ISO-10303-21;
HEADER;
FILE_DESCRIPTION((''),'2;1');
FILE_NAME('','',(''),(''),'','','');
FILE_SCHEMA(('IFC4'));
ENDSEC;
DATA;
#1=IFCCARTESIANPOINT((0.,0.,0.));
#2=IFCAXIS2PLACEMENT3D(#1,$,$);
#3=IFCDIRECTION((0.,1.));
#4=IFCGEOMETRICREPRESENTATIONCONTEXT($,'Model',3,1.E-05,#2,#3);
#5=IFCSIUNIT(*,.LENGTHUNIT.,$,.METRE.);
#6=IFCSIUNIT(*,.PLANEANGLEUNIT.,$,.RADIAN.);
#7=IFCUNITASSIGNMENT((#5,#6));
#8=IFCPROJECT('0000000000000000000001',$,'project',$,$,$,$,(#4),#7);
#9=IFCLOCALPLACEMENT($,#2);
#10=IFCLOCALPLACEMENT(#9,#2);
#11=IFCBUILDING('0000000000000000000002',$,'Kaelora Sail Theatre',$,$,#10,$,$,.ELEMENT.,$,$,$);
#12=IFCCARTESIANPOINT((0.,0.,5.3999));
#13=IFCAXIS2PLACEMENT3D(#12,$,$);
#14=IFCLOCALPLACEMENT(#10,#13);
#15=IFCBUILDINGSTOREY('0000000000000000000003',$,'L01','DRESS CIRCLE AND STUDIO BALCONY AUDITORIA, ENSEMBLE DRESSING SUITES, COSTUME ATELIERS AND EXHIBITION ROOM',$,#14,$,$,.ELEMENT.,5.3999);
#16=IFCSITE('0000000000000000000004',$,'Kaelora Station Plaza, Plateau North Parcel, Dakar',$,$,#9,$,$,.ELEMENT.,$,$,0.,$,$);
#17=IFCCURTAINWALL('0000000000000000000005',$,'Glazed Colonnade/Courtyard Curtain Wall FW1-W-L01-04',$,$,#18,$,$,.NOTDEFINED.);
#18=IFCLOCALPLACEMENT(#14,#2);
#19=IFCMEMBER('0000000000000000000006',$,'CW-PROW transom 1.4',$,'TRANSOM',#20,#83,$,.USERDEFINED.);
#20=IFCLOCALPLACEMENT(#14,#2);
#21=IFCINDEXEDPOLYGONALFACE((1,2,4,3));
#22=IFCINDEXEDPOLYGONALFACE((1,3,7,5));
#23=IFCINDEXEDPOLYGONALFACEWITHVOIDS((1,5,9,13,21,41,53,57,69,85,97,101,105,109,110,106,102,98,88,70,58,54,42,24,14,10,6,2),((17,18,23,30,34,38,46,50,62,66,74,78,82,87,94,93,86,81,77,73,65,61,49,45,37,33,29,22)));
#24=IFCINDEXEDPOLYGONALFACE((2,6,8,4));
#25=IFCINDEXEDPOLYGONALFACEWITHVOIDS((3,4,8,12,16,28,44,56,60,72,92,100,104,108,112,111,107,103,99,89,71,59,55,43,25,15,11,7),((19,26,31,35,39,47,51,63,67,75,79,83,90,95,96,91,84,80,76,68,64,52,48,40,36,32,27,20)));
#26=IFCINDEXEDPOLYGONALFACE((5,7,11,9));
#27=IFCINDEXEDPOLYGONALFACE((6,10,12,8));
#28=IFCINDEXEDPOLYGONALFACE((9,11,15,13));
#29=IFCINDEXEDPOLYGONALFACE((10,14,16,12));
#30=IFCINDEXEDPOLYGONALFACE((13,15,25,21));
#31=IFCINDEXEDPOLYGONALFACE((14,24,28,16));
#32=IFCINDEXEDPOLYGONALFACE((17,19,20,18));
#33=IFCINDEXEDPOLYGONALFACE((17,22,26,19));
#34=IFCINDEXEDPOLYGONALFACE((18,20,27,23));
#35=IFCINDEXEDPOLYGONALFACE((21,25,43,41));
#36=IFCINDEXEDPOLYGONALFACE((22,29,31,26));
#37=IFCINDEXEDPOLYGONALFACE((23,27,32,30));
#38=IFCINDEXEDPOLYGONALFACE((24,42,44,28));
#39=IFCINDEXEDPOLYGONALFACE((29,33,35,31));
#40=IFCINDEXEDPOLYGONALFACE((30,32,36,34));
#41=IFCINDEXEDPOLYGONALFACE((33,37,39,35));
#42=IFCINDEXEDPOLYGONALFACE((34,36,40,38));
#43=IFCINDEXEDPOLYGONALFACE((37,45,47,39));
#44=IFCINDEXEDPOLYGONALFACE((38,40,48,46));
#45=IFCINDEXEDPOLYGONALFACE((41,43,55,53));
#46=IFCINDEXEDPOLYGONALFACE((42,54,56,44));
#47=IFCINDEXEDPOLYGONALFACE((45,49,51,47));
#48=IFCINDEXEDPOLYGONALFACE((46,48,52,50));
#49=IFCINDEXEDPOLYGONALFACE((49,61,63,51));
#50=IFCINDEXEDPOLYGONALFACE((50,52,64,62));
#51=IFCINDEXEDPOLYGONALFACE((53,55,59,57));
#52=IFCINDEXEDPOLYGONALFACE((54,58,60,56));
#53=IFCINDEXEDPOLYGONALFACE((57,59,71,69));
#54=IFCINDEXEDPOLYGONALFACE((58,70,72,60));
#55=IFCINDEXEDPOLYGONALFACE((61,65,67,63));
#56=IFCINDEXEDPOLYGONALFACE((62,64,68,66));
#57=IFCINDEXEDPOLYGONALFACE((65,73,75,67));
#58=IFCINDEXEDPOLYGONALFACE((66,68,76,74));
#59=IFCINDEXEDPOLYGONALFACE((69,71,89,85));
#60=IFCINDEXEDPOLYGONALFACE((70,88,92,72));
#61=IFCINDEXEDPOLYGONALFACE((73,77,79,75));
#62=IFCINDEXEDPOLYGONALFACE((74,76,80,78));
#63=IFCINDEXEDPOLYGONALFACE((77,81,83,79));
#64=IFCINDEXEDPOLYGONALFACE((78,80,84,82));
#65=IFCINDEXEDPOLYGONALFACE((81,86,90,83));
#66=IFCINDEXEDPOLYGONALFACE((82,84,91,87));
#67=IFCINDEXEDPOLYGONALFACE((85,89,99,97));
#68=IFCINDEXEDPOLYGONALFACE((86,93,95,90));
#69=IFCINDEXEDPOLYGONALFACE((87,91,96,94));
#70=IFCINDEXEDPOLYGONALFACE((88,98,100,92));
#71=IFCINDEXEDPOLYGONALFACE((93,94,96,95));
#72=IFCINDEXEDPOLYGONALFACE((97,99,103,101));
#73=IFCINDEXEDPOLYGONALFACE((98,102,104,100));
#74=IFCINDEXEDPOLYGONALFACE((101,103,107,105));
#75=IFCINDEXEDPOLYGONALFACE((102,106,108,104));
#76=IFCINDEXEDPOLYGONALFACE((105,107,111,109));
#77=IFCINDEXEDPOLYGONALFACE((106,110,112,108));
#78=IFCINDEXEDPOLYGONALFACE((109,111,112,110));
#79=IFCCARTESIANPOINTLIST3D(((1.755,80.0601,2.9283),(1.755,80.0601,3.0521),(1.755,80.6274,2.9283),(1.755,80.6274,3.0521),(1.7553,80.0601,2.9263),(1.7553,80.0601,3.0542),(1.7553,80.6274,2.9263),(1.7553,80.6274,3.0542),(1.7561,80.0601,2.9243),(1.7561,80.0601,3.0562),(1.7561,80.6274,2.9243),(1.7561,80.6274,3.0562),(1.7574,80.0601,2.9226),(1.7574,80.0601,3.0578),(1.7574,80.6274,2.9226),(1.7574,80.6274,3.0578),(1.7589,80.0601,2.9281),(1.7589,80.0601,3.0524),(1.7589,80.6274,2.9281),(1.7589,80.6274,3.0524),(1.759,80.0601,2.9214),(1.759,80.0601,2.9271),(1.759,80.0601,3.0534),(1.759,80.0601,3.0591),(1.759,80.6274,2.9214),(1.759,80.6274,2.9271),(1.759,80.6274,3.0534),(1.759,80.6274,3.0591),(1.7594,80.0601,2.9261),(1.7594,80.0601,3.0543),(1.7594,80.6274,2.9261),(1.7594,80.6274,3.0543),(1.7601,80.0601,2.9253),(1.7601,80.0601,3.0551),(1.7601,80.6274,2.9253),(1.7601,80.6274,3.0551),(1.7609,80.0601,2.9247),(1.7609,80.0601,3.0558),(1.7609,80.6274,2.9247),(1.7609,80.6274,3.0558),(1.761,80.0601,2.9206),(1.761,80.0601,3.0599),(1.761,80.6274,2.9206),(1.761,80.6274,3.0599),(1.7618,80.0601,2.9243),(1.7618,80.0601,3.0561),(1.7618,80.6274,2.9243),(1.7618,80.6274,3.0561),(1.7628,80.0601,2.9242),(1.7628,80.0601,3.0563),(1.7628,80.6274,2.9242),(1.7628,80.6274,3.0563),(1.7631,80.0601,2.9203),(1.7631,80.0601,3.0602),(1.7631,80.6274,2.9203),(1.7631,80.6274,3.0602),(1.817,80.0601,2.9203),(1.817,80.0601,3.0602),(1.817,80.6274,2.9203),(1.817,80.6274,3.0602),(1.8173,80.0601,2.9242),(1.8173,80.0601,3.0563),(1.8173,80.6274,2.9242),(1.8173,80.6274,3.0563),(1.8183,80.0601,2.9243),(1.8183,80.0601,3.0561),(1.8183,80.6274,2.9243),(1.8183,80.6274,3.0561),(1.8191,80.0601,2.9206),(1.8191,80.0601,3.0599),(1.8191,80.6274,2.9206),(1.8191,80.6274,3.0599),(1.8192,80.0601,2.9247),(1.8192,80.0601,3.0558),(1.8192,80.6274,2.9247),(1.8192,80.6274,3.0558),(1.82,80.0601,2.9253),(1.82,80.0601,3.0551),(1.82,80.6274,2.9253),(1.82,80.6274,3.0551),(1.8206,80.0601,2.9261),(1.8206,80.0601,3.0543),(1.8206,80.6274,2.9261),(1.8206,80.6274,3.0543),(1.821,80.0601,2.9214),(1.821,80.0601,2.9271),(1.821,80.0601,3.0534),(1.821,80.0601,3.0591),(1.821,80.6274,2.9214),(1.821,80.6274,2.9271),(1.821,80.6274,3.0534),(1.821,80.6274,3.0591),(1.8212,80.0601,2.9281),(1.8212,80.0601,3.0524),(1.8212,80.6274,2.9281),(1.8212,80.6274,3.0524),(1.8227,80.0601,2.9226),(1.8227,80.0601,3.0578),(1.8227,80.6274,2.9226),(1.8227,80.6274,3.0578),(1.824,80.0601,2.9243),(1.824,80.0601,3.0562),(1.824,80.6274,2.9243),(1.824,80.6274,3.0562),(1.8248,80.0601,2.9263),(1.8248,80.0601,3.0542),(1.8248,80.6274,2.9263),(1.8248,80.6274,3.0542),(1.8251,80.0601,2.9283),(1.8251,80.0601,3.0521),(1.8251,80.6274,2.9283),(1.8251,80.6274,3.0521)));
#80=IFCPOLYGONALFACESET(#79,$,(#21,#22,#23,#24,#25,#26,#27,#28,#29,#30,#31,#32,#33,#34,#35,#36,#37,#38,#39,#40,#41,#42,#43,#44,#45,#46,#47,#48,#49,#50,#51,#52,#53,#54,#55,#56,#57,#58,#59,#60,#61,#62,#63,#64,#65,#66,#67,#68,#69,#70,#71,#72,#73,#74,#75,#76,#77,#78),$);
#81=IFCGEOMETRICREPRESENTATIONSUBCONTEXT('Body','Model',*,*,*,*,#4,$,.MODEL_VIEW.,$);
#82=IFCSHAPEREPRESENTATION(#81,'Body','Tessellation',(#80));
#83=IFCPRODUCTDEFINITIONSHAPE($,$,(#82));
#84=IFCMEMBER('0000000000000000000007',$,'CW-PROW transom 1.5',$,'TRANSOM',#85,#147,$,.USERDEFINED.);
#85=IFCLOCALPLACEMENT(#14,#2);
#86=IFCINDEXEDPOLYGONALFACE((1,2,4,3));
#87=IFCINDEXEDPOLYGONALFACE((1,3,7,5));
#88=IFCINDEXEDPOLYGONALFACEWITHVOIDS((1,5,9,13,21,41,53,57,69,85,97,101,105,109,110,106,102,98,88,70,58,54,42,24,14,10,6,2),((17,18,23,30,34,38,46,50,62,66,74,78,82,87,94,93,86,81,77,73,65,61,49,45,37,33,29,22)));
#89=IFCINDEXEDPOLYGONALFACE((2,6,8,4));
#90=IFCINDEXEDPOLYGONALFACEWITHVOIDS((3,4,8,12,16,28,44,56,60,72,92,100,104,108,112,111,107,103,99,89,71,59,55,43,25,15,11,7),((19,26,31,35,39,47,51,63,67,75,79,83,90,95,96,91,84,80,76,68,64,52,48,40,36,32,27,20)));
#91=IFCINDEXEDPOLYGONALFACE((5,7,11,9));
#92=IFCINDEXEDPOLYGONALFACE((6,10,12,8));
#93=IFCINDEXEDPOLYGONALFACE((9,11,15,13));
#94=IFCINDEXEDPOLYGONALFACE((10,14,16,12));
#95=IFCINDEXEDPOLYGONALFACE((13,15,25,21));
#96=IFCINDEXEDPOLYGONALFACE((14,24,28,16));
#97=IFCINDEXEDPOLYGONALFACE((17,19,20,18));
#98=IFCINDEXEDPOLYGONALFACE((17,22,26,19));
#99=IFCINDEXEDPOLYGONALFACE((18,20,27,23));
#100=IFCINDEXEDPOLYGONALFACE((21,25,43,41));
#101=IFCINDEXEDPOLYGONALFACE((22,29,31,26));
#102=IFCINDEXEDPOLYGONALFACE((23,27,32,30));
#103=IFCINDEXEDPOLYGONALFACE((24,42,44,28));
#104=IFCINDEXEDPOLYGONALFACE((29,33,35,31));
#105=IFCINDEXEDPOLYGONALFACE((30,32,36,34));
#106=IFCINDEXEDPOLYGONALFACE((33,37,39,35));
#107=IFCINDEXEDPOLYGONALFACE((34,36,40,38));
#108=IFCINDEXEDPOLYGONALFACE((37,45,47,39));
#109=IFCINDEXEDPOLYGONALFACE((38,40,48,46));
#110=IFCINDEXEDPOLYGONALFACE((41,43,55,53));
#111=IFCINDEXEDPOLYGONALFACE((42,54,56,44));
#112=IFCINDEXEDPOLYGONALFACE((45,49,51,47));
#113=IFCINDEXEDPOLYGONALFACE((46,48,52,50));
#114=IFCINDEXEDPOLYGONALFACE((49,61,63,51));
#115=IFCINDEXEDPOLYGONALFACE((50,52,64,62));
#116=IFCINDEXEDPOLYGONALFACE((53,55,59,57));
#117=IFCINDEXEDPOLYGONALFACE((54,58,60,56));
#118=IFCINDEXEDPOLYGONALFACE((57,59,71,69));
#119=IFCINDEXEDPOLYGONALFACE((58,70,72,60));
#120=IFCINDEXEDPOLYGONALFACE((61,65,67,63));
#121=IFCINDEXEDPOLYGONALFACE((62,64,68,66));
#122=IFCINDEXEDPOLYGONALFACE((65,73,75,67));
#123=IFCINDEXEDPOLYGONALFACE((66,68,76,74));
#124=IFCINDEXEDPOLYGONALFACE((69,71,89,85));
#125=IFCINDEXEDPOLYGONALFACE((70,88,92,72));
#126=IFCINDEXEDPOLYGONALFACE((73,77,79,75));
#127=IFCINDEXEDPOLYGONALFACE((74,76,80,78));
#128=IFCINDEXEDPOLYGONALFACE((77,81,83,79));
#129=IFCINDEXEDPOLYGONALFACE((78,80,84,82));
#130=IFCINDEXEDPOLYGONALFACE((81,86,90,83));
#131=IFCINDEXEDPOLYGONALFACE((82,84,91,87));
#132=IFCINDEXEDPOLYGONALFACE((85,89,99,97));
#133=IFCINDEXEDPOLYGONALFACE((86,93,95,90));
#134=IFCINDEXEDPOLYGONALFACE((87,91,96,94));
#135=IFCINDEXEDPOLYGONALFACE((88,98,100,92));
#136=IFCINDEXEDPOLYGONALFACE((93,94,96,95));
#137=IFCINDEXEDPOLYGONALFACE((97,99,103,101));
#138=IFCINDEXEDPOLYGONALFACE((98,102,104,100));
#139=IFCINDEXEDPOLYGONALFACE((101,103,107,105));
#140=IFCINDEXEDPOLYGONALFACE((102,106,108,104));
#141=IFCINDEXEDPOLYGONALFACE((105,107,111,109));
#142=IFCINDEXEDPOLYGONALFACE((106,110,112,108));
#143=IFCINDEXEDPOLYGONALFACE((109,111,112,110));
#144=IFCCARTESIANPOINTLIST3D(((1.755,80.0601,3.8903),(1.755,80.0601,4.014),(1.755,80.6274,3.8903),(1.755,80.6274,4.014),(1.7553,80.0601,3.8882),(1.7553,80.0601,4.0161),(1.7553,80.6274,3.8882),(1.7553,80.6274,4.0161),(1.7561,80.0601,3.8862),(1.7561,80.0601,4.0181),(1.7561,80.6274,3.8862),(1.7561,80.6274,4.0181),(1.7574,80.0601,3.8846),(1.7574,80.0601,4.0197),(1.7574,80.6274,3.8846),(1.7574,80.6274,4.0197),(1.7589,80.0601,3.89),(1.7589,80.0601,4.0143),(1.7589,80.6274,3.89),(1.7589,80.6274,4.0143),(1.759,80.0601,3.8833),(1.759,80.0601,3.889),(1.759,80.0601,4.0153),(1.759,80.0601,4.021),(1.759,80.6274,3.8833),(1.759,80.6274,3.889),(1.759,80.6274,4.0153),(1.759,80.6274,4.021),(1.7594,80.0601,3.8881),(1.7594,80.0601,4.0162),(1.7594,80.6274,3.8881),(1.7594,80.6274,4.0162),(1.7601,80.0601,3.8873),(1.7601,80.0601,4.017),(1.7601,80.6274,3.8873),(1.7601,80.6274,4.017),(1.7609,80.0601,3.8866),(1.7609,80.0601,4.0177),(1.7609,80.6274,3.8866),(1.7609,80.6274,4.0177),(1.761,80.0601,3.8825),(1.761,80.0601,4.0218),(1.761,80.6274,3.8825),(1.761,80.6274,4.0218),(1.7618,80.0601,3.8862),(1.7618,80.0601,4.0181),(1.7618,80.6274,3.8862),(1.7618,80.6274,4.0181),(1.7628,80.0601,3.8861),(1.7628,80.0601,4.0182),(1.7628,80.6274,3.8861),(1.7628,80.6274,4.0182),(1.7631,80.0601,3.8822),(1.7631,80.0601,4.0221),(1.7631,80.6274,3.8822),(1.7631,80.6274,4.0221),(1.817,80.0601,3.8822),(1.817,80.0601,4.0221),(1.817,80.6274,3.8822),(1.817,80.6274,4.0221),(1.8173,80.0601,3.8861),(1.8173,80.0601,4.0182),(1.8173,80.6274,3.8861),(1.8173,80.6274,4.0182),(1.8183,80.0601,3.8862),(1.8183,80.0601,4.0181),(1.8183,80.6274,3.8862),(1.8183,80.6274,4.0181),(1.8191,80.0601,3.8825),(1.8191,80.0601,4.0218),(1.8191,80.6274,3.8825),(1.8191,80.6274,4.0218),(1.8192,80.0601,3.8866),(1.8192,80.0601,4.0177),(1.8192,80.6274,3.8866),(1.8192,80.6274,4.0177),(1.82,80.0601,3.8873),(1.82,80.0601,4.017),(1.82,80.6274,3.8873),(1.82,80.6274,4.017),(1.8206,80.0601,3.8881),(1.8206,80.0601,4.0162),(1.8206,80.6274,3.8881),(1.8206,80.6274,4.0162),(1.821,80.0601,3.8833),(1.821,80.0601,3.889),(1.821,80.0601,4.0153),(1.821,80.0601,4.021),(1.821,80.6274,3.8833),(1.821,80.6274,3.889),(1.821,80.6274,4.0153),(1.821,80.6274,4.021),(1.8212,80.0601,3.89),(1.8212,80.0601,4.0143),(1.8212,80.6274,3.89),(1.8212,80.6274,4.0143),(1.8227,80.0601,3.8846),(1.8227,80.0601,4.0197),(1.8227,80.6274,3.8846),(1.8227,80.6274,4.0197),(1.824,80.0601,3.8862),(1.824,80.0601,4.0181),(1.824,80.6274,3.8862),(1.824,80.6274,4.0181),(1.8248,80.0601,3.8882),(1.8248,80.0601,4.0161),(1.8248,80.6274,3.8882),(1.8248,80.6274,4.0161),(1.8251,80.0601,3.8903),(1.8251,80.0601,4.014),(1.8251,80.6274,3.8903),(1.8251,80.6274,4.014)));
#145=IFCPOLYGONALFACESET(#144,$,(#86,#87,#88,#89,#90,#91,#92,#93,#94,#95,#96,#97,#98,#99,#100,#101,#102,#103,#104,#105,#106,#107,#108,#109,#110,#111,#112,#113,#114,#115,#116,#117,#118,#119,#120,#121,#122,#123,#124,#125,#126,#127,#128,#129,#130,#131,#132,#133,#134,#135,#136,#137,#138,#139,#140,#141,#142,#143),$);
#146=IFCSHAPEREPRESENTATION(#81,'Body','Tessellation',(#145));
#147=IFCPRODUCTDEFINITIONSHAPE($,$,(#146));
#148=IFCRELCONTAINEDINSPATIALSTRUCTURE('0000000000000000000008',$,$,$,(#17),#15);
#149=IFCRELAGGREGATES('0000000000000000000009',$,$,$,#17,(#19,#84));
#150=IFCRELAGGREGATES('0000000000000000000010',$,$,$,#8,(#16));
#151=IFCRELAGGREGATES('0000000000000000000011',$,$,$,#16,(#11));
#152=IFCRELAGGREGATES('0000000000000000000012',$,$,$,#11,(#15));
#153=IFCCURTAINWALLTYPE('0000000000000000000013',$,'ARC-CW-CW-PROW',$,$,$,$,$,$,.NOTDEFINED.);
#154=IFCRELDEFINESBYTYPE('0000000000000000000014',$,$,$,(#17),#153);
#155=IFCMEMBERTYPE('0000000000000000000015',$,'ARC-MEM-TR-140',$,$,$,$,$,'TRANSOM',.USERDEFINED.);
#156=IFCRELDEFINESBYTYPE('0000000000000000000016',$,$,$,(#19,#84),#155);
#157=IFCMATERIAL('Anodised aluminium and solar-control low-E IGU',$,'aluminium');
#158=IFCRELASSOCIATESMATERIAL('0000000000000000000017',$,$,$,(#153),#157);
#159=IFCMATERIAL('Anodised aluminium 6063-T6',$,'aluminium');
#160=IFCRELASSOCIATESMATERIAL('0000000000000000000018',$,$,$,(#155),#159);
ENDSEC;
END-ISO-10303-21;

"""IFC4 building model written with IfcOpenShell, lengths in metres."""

from ifc_helpers import new_model, si_unit, direction, frame, origin, origin_2d, place, context, subcontext, project, spatial, hollow_rectangle, extrude, material, material_profile, profile_set, type_object, element, aggregate, save


model = new_model("IFC4")

# Units and contexts
model_context = context("Model", 3, precision=1e-05, world=origin(), true_north=direction((0.0, 1.0)))
body_context = subcontext(model_context, "Body", "Model", "MODEL_VIEW")
ifc_project = project(units=[si_unit("LENGTHUNIT", "METRE"), si_unit("PLANEANGLEUNIT", "RADIAN")], contexts=[model_context])

# Site, building, storey
site_placement = place(None, origin())
site = spatial("IfcSite", under=ifc_project, at=site_placement, Name="Kaelora Station Plaza, Plateau North Parcel, Dakar", CompositionType="ELEMENT", RefElevation=0.0)
building_placement = place(site_placement, origin())
building = spatial("IfcBuilding", under=site, at=building_placement, Name="Kaelora Sail Theatre", CompositionType="ELEMENT")
storey_placement = place(building_placement, frame((0.0, 0.0, 5.3999)))
storey = spatial("IfcBuildingStorey", under=building, at=storey_placement, Name="L01", Description="DRESS CIRCLE AND STUDIO BALCONY AUDITORIA, ENSEMBLE DRESSING SUITES, COSTUME ATELIERS AND EXHIBITION ROOM", CompositionType="ELEMENT", Elevation=5.3999)

# Shared definitions
ifc_material_1 = material(Name="Anodised aluminium and solar-control low-E IGU", Category="aluminium")
curtain_wall_type = type_object("IfcCurtainWallType", Name="ARC-CW-CW-PROW", PredefinedType="NOTDEFINED", material=ifc_material_1)

# Curtain wall, members
curtain_wall_1_placement = place(storey_placement, origin())
curtain_wall_1 = element("IfcCurtainWall", 1, at=curtain_wall_1_placement, inside=storey, type_object=curtain_wall_type, Name="Glazed Colonnade/Courtyard Curtain Wall FW1-W-L01-04", PredefinedType="NOTDEFINED")
ifc_material_2 = material(Name="Anodised aluminium 6063-T6", Category="aluminium")
ifc_material_profile_1 = material_profile(ifc_material_2, hollow_rectangle(XDim=0.0701, YDim=0.1399, WallThickness=0.0039, InnerFilletRadius=0.0039, OuterFilletRadius=0.0081, at=origin_2d()), Name="ALU-TRAN 70x140x4")
ifc_profile_set_1 = profile_set([ifc_material_profile_1], Name="Anodised aluminium 6063-T6")
member_type_1 = type_object("IfcMemberType", Name="ARC-MEM-TR-140", ElementType="TRANSOM", PredefinedType="USERDEFINED", material=ifc_profile_set_1)
member_1_placement = place(storey_placement, frame((1.79, 80.0601, 2.9902), z_axis=(0.0, 1.0, 0.0), x_axis=(-1.0, 0.0, 0.0)))
member_1 = element("IfcMember", 2, at=member_1_placement, type_object=member_type_1, Name="CW-PROW transom 1.4", ObjectType="TRANSOM", PredefinedType="USERDEFINED", context=body_context, shape_type="SweptSolid", body=[
    extrude(hollow_rectangle(XDim=0.0701, YDim=0.1399, WallThickness=0.0039, InnerFilletRadius=0.0039, OuterFilletRadius=0.0081, at=origin_2d()), origin(), (0.0, 0.0, 1.0), 0.5674),
])
member_2_placement = place(storey_placement, frame((1.79, 80.0601, 3.9521), z_axis=(0.0, 1.0, 0.0), x_axis=(-1.0, 0.0, 0.0)))
member_2 = element("IfcMember", 3, at=member_2_placement, type_object=member_type_1, Name="CW-PROW transom 1.5", ObjectType="TRANSOM", PredefinedType="USERDEFINED", context=body_context, shape_type="SweptSolid", body=[
    extrude(hollow_rectangle(XDim=0.0701, YDim=0.1399, WallThickness=0.0039, InnerFilletRadius=0.0039, OuterFilletRadius=0.0081, at=origin_2d()), origin(), (0.0, 0.0, 1.0), 0.5674),
])

aggregate(curtain_wall_1, [member_1, member_2])

save(model, "model.ifc")
